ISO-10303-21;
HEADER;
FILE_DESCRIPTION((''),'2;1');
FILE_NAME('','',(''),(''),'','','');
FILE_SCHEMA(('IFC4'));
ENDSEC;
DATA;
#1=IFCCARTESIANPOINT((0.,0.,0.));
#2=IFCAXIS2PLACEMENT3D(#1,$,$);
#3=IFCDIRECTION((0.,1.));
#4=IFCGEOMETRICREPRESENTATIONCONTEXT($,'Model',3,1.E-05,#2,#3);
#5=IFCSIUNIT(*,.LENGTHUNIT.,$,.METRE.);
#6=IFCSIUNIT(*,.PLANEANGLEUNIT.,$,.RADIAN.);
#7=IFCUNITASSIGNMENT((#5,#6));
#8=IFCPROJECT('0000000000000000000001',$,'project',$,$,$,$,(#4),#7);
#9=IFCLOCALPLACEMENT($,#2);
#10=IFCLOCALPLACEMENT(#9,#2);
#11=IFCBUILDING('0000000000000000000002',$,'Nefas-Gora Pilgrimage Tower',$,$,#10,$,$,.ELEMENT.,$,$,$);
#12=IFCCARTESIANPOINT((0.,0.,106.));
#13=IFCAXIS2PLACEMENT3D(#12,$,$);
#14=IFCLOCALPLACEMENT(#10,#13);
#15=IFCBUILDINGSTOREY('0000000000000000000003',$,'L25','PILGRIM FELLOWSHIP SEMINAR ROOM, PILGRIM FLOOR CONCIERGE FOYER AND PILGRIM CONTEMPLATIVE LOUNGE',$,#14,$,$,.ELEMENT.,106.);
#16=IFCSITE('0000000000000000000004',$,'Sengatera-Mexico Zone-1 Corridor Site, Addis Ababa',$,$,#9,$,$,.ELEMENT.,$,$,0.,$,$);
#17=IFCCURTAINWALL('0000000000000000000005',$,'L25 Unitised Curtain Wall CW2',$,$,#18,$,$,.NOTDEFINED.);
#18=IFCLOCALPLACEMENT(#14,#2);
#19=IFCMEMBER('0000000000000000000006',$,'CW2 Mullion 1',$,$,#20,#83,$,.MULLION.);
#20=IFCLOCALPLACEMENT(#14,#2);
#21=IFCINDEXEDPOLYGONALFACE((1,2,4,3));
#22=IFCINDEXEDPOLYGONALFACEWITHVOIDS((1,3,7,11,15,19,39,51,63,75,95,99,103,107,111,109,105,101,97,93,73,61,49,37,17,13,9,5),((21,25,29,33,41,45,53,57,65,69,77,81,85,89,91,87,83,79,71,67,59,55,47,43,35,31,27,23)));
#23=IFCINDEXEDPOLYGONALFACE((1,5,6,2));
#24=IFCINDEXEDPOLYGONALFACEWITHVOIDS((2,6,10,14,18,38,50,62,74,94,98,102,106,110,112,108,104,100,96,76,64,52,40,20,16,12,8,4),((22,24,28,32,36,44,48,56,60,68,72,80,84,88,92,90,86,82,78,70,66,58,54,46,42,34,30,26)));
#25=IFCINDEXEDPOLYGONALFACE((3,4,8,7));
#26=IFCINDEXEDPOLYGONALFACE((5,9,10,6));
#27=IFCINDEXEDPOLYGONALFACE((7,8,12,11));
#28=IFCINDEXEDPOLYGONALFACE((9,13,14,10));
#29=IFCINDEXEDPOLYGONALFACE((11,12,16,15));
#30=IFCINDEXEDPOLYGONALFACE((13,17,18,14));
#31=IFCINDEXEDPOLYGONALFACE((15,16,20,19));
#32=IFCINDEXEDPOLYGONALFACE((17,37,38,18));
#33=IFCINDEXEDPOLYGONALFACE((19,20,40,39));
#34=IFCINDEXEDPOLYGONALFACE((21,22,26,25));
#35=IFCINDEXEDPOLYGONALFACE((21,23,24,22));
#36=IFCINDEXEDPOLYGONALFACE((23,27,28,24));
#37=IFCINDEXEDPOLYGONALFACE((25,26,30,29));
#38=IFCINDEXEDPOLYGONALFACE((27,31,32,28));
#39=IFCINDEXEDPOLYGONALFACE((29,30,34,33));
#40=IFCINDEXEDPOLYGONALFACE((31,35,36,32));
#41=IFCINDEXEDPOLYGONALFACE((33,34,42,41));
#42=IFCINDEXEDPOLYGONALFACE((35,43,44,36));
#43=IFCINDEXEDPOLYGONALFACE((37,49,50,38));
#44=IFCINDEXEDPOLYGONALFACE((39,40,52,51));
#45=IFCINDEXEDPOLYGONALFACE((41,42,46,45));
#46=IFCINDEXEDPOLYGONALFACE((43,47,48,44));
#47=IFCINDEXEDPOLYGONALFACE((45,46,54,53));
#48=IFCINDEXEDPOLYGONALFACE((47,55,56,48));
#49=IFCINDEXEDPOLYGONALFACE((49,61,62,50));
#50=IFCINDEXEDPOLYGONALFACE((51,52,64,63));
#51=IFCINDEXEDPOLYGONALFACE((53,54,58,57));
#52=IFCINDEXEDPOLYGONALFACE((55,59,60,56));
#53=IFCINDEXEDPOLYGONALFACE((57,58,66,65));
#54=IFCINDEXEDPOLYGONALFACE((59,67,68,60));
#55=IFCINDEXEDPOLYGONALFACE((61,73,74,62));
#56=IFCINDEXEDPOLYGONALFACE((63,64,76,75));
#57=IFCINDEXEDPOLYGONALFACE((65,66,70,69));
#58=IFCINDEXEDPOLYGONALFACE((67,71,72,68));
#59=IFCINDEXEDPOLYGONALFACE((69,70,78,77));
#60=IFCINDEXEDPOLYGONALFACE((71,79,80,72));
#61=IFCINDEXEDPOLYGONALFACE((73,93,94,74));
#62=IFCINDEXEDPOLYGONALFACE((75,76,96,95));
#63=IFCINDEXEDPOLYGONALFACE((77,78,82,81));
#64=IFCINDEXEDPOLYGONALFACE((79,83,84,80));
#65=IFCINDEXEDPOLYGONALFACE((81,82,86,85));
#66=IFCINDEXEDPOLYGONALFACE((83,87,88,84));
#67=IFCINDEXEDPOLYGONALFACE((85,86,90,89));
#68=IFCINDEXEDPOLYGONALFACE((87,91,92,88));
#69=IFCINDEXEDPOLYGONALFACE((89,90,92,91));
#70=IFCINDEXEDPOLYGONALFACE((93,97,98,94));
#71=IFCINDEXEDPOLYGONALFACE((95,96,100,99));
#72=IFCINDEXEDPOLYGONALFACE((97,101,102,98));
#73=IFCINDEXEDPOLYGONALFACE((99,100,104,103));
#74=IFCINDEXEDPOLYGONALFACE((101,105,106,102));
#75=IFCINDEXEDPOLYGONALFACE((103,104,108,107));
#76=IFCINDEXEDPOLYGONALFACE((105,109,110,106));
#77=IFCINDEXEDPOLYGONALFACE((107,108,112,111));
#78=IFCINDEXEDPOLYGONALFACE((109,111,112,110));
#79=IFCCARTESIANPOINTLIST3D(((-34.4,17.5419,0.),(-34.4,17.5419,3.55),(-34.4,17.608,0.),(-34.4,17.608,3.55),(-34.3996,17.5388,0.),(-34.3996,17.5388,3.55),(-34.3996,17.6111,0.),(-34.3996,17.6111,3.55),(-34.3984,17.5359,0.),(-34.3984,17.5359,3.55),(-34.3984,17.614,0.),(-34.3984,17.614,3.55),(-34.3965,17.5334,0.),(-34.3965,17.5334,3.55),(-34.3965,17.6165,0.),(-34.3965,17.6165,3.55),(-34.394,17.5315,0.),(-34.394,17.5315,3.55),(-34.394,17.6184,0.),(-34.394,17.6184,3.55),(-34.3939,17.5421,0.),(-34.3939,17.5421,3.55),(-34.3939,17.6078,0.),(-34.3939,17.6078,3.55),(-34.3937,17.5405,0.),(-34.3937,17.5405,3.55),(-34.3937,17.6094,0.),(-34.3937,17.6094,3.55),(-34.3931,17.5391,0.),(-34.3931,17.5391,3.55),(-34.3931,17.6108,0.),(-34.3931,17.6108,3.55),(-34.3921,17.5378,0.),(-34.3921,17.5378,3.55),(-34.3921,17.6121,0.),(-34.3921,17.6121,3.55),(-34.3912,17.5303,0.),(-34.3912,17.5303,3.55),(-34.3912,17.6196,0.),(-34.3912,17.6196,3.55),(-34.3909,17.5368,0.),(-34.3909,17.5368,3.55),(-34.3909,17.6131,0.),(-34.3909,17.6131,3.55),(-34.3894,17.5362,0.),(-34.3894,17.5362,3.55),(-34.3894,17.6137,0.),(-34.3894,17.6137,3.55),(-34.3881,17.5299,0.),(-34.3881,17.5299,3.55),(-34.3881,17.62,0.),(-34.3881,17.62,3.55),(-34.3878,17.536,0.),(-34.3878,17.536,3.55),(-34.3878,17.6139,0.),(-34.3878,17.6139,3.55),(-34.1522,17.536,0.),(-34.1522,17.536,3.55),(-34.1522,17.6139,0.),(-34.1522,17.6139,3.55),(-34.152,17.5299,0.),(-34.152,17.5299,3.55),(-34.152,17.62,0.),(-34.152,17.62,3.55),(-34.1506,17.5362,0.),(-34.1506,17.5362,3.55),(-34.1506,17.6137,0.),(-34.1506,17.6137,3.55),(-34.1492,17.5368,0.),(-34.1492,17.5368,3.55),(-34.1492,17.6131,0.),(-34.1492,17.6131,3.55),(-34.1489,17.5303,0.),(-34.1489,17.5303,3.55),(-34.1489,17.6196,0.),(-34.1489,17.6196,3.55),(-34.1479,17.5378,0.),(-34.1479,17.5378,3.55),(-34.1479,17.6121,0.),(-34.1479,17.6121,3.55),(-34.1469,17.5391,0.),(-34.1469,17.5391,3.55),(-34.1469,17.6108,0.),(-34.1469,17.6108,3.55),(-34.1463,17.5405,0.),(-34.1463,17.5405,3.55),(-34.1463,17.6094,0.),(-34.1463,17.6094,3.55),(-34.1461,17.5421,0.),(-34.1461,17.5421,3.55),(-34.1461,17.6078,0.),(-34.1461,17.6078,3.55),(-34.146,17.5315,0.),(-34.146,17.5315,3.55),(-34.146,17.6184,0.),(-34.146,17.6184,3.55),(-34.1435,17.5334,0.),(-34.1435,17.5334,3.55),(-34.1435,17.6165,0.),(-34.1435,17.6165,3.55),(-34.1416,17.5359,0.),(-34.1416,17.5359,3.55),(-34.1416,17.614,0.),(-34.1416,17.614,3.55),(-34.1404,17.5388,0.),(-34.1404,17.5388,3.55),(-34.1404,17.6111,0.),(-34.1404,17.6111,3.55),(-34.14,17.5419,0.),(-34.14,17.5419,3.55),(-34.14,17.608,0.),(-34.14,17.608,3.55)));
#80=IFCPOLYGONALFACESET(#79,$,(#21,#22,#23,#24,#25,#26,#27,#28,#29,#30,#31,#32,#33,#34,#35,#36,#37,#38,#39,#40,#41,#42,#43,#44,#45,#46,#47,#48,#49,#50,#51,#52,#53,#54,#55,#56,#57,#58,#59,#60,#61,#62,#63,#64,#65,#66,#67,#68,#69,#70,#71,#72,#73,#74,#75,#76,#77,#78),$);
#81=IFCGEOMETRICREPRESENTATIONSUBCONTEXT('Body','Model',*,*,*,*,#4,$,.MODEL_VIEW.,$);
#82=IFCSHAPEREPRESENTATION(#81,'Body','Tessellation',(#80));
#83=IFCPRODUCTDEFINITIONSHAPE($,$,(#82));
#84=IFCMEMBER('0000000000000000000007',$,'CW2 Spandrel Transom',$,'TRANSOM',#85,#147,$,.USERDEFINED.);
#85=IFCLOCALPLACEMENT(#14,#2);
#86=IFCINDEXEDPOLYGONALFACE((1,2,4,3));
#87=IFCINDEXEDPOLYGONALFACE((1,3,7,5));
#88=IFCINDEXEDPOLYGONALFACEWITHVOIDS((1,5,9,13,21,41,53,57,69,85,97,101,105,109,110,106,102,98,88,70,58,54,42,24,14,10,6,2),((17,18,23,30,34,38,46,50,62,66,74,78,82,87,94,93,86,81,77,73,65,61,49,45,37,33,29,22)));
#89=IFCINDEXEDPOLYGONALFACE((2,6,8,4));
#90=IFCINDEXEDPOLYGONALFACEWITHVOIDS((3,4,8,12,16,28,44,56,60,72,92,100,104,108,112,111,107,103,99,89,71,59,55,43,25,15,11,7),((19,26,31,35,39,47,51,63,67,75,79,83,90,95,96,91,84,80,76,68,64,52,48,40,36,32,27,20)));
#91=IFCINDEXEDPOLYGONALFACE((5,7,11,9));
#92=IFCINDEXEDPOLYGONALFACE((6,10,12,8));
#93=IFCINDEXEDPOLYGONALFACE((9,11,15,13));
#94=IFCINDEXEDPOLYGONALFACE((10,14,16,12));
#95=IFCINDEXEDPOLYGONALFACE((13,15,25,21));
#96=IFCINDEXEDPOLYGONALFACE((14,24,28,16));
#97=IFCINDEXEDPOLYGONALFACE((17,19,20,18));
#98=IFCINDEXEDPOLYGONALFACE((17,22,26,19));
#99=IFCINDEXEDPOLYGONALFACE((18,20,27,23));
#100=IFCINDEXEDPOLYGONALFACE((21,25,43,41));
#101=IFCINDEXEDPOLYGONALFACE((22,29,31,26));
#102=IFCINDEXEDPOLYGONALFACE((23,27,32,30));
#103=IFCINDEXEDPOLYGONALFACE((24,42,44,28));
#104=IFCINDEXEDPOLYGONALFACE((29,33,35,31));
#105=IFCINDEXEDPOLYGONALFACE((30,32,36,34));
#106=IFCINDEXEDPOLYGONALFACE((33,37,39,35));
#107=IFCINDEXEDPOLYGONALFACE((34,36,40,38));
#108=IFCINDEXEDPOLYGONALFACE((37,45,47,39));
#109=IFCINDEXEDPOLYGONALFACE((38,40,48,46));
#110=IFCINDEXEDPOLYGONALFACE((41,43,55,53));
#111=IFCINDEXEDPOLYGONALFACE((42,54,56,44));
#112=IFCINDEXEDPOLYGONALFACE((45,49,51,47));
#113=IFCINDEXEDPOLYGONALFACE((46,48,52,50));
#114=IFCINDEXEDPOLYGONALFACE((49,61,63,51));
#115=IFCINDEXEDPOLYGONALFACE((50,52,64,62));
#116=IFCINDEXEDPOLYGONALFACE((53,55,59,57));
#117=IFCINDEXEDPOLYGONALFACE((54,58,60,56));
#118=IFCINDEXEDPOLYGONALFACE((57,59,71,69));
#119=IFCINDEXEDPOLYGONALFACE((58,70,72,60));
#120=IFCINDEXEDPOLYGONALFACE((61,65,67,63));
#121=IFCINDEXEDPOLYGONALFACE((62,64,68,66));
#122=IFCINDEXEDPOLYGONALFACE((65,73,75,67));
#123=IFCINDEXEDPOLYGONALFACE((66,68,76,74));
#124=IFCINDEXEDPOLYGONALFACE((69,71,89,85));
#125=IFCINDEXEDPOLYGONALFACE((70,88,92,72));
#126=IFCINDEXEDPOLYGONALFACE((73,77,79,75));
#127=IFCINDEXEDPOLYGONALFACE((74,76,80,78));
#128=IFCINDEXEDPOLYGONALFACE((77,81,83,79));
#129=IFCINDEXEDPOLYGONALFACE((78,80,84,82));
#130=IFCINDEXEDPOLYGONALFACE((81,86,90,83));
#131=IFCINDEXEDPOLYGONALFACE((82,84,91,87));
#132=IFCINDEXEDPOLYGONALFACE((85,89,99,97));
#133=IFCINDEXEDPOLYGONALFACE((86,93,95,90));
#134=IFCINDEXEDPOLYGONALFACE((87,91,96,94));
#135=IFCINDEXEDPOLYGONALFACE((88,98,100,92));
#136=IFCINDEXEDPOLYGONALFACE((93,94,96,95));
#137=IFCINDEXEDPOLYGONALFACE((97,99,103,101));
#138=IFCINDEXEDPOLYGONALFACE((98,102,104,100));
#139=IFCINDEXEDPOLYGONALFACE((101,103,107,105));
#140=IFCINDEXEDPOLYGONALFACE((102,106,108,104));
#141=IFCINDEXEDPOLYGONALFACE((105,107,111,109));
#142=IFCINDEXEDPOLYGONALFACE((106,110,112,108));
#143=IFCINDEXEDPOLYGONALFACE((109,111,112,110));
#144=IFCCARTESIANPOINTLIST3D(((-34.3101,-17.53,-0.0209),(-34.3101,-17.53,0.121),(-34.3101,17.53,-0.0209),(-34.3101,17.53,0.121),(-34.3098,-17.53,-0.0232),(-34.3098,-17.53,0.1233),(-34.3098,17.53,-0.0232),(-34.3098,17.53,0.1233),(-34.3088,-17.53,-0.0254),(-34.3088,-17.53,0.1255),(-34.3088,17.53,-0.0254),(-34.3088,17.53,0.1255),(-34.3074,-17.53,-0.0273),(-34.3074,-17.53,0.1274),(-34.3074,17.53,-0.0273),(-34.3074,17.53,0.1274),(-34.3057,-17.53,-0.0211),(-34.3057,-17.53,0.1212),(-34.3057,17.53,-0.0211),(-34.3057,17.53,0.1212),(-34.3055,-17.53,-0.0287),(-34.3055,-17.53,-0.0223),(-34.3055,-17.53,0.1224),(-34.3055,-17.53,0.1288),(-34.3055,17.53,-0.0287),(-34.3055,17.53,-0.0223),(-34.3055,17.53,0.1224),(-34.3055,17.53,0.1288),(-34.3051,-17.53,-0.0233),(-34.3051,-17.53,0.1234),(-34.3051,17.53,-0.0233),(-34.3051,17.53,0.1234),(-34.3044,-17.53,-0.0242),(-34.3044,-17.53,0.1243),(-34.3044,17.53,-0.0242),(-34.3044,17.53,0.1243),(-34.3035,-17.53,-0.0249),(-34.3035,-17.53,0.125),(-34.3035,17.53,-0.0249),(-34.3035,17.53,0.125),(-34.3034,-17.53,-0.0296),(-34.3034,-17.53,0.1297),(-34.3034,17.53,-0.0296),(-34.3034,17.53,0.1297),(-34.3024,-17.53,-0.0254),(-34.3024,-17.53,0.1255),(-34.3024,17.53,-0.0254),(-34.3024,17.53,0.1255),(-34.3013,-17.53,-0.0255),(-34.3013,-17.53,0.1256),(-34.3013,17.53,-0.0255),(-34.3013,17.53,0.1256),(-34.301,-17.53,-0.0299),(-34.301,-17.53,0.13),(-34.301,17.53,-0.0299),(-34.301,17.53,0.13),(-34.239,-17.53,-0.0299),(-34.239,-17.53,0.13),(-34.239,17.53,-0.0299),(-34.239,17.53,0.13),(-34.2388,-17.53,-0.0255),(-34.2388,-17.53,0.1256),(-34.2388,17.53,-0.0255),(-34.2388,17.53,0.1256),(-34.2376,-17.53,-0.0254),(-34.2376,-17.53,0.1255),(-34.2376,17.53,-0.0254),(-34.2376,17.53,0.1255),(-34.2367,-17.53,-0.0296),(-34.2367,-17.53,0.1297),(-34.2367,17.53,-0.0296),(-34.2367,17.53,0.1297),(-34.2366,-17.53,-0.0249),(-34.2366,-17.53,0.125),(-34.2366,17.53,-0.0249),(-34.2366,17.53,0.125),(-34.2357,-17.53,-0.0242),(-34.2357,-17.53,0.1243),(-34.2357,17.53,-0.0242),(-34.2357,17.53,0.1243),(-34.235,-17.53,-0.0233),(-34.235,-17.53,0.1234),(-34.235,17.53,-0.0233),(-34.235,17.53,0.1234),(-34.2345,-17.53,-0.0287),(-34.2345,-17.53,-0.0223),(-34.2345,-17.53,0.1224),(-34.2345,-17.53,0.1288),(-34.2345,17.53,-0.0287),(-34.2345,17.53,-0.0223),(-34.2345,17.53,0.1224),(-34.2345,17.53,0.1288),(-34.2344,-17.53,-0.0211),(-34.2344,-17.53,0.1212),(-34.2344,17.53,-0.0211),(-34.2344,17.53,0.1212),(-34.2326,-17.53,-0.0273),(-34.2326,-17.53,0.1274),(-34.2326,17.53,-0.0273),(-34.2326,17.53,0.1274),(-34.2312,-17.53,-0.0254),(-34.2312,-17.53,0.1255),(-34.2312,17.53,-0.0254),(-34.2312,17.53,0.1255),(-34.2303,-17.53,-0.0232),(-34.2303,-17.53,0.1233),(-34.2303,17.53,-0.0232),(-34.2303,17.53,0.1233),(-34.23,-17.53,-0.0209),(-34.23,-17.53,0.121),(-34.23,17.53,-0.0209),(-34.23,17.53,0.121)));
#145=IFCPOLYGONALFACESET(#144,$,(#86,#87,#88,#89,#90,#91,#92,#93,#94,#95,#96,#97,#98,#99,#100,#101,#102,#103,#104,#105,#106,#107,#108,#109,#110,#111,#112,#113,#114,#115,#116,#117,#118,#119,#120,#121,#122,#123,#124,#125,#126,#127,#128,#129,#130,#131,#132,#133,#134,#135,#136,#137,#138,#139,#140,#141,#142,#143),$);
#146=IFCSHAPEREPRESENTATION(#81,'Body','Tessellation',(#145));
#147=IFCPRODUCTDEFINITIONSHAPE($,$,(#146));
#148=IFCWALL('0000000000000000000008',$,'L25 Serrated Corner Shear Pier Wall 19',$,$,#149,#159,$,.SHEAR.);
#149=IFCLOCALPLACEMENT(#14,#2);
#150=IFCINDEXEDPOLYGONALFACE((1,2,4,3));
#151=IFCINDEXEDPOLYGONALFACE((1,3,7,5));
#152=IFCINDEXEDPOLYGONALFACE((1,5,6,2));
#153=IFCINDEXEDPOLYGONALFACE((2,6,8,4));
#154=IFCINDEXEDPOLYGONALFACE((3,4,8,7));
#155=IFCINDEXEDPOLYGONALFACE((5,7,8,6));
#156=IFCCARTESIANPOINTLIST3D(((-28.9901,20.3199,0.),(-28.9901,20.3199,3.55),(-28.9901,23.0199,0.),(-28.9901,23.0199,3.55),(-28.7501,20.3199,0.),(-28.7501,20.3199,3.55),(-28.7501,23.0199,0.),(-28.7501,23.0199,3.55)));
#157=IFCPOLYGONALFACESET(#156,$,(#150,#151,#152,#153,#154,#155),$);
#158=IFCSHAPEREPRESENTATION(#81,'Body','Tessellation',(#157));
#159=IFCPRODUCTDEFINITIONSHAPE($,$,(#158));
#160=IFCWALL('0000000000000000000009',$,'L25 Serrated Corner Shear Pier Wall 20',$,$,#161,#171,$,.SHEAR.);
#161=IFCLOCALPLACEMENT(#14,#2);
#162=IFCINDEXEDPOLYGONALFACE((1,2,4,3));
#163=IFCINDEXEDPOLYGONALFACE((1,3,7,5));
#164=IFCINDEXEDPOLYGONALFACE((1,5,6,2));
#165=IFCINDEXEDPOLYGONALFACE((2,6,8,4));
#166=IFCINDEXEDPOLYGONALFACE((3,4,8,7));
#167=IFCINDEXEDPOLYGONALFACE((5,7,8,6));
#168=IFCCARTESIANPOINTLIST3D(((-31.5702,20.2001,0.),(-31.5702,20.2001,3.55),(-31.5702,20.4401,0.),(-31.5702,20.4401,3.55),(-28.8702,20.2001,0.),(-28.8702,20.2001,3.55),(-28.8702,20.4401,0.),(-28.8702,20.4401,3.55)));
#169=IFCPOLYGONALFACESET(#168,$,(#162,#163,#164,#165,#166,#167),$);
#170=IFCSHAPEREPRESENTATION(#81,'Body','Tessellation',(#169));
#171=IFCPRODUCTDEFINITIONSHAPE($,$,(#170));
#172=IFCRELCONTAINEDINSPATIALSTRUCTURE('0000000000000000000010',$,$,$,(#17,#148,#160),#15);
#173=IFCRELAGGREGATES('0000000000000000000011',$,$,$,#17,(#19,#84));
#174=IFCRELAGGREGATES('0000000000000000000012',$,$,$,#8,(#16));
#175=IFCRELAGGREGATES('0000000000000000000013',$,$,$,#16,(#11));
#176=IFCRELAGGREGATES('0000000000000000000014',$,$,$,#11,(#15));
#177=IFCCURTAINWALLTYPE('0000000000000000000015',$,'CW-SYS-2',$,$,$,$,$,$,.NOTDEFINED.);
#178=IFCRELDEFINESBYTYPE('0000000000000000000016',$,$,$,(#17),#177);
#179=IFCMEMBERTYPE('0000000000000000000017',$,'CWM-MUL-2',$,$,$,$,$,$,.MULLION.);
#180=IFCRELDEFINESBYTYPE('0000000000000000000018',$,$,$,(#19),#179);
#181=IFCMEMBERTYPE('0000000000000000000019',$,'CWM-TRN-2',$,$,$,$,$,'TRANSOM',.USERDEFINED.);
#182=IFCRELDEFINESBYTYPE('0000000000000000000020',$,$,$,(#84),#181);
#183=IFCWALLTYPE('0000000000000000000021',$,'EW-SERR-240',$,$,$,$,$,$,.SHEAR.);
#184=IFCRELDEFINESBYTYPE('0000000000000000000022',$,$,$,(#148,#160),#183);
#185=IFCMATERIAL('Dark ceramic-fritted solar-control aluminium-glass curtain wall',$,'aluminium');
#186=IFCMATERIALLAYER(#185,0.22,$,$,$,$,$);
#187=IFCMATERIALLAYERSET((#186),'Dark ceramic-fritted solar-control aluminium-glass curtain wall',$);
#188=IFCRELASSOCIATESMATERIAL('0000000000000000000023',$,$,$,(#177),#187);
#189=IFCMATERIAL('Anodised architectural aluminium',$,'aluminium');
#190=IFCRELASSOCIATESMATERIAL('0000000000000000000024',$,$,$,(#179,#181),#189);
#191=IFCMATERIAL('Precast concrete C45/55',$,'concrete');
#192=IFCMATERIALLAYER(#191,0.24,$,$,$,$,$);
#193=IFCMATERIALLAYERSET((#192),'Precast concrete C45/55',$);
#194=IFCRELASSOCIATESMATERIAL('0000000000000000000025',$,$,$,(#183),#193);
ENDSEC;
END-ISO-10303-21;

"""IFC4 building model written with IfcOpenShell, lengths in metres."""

from ifc_helpers import new_model, si_unit, direction, frame, frame_2d, origin, origin_2d, place, context, subcontext, project, spatial, rectangle, hollow_rectangle, extrude, source, transform, mapped, material, layer, layer_set, material_profile, profile_set, type_object, element, aggregate, save


model = new_model("IFC4")

# Units and contexts
model_context = context("Model", 3, precision=1e-05, world=origin(), true_north=direction((0.0, 1.0)))
body_context = subcontext(model_context, "Body", "Model", "MODEL_VIEW")
ifc_project = project(units=[si_unit("LENGTHUNIT", "METRE"), si_unit("PLANEANGLEUNIT", "RADIAN")], contexts=[model_context])

# Site, building, storey
site_placement = place(None, origin())
site = spatial("IfcSite", under=ifc_project, at=site_placement, Name="Sengatera-Mexico Zone-1 Corridor Site, Addis Ababa", CompositionType="ELEMENT", RefElevation=0.0)
building_placement = place(site_placement, origin())
building = spatial("IfcBuilding", under=site, at=building_placement, Name="Nefas-Gora Pilgrimage Tower", CompositionType="ELEMENT")
storey_placement = place(building_placement, frame((0.0, 0.0, 106.0)))
storey = spatial("IfcBuildingStorey", under=building, at=storey_placement, Name="L25", Description="PILGRIM FELLOWSHIP SEMINAR ROOM, PILGRIM FLOOR CONCIERGE FOYER AND PILGRIM CONTEMPLATIVE LOUNGE", CompositionType="ELEMENT", Elevation=106.0)

# Shared definitions
ifc_material_1 = material(Name="Dark ceramic-fritted solar-control aluminium-glass curtain wall", Category="aluminium")
ifc_layer_1 = layer(ifc_material_1, 0.22)
ifc_layer_set_1 = layer_set([ifc_layer_1], Name="Dark ceramic-fritted solar-control aluminium-glass curtain wall")
curtain_wall_type = type_object("IfcCurtainWallType", Name="CW-SYS-2", PredefinedType="NOTDEFINED", material=ifc_layer_set_1)
ifc_material_2 = material(Name="Anodised architectural aluminium", Category="aluminium")
ifc_material_profile_1 = material_profile(ifc_material_2, hollow_rectangle(XDim=0.0901, YDim=0.26, WallThickness=0.0061, InnerFilletRadius=0.0061, OuterFilletRadius=0.012, at=origin_2d()), Name="ALU MULLION 90x260")
ifc_profile_set_1 = profile_set([ifc_material_profile_1], Name="Anodised architectural aluminium")
member_type_1 = type_object("IfcMemberType", Name="CWM-MUL-2", PredefinedType="MULLION", material=ifc_profile_set_1)
shared_shape_1 = source(origin(), body_context, "Body", "SweptSolid", [
    extrude(hollow_rectangle(XDim=0.0901, YDim=0.26, WallThickness=0.0061, InnerFilletRadius=0.0061, OuterFilletRadius=0.012, at=origin_2d()), origin(), (0.0, 0.0, 1.0), 3.55),
])

# Curtain wall, members
curtain_wall_1_placement = place(storey_placement, origin())
curtain_wall_1 = element("IfcCurtainWall", 1, at=curtain_wall_1_placement, inside=storey, type_object=curtain_wall_type, Name="L25 Unitised Curtain Wall CW2", PredefinedType="NOTDEFINED")
member_1_placement = place(storey_placement, frame((-34.27, 17.575, 0.0), z_axis=(0.0, 0.0, 1.0), x_axis=(0.0, -1.0, 0.0)))
member_1 = element("IfcMember", 2, at=member_1_placement, type_object=member_type_1, Name="CW2 Mullion 1", PredefinedType="MULLION", context=body_context, shape_type="MappedRepresentation", body=[
    mapped(shared_shape_1, transform((0.0, 0.0, 0.0), x_axis=(1.0, 0.0, 0.0), y_axis=(0.0, 1.0, 0.0), z_axis=(0.0, 0.0, 1.0), scale=1.0)),
])
ifc_material_profile_2 = material_profile(ifc_material_2, hollow_rectangle(XDim=0.0801, YDim=0.1599, WallThickness=0.0044, InnerFilletRadius=0.0044, OuterFilletRadius=0.009, at=origin_2d()), Name="ALU TRANSOM 80x160")
ifc_profile_set_2 = profile_set([ifc_material_profile_2], Name="Anodised architectural aluminium")
member_type_2 = type_object("IfcMemberType", Name="CWM-TRN-2", ElementType="TRANSOM", PredefinedType="USERDEFINED", material=ifc_profile_set_2)
shared_shape_2 = source(origin(), body_context, "Body", "SweptSolid", [
    extrude(hollow_rectangle(XDim=0.0801, YDim=0.1599, WallThickness=0.0044, InnerFilletRadius=0.0044, OuterFilletRadius=0.009, at=origin_2d()), origin(), (0.0, 0.0, 1.0), 35.0601),
])
member_2_placement = place(storey_placement, frame((-34.27, 17.53, 0.05), z_axis=(0.0, -1.0, 0.0), x_axis=(1.0, 0.0, 0.0)))
member_2 = element("IfcMember", 3, at=member_2_placement, type_object=member_type_2, Name="CW2 Spandrel Transom", ObjectType="TRANSOM", PredefinedType="USERDEFINED", context=body_context, shape_type="MappedRepresentation", body=[
    mapped(shared_shape_2, transform((0.0, 0.0, 0.0), x_axis=(1.0, 0.0, 0.0), y_axis=(0.0, 1.0, 0.0), z_axis=(0.0, 0.0, 1.0), scale=1.0)),
])
aggregate(curtain_wall_1, [member_1, member_2])

# Walls
ifc_material_3 = material(Name="Precast concrete C45/55", Category="concrete")
ifc_layer_2 = layer(ifc_material_3, 0.24)
ifc_layer_set_2 = layer_set([ifc_layer_2], Name="Precast concrete C45/55")
wall_type_1 = type_object("IfcWallType", Name="EW-SERR-240", PredefinedType="SHEAR", material=ifc_layer_set_2)
shared_shape_3 = source(origin(), body_context, "Body", "SweptSolid", [
    extrude(rectangle(XDim=2.7, YDim=0.24, at=frame_2d((1.3501, 0.0))), origin(), (0.0, 0.0, 1.0), 3.55),
])
for number, where, z_axis, x_axis, name in (
    (4, (-28.8701, 23.02, 0.0), (0.0, 0.0, 1.0), (0.0, -1.0, 0.0), "L25 Serrated Corner Shear Pier Wall 19"),
    (5, (-28.8701, 20.3201, 0.0), (0.0, 0.0, 1.0), (-1.0, 0.0, 0.0), "L25 Serrated Corner Shear Pier Wall 20"),
):
    element("IfcWall", number, at=place(storey_placement, frame(where, z_axis=z_axis, x_axis=x_axis)), inside=storey, type_object=wall_type_1, Name=name, PredefinedType="SHEAR", context=body_context, shape_type="MappedRepresentation", body=[
        mapped(shared_shape_3, transform((0.0, 0.0, 0.0), x_axis=(1.0, 0.0, 0.0), y_axis=(0.0, 1.0, 0.0), z_axis=(0.0, 0.0, 1.0), scale=1.0)),
    ])

save(model, "model.ifc")
